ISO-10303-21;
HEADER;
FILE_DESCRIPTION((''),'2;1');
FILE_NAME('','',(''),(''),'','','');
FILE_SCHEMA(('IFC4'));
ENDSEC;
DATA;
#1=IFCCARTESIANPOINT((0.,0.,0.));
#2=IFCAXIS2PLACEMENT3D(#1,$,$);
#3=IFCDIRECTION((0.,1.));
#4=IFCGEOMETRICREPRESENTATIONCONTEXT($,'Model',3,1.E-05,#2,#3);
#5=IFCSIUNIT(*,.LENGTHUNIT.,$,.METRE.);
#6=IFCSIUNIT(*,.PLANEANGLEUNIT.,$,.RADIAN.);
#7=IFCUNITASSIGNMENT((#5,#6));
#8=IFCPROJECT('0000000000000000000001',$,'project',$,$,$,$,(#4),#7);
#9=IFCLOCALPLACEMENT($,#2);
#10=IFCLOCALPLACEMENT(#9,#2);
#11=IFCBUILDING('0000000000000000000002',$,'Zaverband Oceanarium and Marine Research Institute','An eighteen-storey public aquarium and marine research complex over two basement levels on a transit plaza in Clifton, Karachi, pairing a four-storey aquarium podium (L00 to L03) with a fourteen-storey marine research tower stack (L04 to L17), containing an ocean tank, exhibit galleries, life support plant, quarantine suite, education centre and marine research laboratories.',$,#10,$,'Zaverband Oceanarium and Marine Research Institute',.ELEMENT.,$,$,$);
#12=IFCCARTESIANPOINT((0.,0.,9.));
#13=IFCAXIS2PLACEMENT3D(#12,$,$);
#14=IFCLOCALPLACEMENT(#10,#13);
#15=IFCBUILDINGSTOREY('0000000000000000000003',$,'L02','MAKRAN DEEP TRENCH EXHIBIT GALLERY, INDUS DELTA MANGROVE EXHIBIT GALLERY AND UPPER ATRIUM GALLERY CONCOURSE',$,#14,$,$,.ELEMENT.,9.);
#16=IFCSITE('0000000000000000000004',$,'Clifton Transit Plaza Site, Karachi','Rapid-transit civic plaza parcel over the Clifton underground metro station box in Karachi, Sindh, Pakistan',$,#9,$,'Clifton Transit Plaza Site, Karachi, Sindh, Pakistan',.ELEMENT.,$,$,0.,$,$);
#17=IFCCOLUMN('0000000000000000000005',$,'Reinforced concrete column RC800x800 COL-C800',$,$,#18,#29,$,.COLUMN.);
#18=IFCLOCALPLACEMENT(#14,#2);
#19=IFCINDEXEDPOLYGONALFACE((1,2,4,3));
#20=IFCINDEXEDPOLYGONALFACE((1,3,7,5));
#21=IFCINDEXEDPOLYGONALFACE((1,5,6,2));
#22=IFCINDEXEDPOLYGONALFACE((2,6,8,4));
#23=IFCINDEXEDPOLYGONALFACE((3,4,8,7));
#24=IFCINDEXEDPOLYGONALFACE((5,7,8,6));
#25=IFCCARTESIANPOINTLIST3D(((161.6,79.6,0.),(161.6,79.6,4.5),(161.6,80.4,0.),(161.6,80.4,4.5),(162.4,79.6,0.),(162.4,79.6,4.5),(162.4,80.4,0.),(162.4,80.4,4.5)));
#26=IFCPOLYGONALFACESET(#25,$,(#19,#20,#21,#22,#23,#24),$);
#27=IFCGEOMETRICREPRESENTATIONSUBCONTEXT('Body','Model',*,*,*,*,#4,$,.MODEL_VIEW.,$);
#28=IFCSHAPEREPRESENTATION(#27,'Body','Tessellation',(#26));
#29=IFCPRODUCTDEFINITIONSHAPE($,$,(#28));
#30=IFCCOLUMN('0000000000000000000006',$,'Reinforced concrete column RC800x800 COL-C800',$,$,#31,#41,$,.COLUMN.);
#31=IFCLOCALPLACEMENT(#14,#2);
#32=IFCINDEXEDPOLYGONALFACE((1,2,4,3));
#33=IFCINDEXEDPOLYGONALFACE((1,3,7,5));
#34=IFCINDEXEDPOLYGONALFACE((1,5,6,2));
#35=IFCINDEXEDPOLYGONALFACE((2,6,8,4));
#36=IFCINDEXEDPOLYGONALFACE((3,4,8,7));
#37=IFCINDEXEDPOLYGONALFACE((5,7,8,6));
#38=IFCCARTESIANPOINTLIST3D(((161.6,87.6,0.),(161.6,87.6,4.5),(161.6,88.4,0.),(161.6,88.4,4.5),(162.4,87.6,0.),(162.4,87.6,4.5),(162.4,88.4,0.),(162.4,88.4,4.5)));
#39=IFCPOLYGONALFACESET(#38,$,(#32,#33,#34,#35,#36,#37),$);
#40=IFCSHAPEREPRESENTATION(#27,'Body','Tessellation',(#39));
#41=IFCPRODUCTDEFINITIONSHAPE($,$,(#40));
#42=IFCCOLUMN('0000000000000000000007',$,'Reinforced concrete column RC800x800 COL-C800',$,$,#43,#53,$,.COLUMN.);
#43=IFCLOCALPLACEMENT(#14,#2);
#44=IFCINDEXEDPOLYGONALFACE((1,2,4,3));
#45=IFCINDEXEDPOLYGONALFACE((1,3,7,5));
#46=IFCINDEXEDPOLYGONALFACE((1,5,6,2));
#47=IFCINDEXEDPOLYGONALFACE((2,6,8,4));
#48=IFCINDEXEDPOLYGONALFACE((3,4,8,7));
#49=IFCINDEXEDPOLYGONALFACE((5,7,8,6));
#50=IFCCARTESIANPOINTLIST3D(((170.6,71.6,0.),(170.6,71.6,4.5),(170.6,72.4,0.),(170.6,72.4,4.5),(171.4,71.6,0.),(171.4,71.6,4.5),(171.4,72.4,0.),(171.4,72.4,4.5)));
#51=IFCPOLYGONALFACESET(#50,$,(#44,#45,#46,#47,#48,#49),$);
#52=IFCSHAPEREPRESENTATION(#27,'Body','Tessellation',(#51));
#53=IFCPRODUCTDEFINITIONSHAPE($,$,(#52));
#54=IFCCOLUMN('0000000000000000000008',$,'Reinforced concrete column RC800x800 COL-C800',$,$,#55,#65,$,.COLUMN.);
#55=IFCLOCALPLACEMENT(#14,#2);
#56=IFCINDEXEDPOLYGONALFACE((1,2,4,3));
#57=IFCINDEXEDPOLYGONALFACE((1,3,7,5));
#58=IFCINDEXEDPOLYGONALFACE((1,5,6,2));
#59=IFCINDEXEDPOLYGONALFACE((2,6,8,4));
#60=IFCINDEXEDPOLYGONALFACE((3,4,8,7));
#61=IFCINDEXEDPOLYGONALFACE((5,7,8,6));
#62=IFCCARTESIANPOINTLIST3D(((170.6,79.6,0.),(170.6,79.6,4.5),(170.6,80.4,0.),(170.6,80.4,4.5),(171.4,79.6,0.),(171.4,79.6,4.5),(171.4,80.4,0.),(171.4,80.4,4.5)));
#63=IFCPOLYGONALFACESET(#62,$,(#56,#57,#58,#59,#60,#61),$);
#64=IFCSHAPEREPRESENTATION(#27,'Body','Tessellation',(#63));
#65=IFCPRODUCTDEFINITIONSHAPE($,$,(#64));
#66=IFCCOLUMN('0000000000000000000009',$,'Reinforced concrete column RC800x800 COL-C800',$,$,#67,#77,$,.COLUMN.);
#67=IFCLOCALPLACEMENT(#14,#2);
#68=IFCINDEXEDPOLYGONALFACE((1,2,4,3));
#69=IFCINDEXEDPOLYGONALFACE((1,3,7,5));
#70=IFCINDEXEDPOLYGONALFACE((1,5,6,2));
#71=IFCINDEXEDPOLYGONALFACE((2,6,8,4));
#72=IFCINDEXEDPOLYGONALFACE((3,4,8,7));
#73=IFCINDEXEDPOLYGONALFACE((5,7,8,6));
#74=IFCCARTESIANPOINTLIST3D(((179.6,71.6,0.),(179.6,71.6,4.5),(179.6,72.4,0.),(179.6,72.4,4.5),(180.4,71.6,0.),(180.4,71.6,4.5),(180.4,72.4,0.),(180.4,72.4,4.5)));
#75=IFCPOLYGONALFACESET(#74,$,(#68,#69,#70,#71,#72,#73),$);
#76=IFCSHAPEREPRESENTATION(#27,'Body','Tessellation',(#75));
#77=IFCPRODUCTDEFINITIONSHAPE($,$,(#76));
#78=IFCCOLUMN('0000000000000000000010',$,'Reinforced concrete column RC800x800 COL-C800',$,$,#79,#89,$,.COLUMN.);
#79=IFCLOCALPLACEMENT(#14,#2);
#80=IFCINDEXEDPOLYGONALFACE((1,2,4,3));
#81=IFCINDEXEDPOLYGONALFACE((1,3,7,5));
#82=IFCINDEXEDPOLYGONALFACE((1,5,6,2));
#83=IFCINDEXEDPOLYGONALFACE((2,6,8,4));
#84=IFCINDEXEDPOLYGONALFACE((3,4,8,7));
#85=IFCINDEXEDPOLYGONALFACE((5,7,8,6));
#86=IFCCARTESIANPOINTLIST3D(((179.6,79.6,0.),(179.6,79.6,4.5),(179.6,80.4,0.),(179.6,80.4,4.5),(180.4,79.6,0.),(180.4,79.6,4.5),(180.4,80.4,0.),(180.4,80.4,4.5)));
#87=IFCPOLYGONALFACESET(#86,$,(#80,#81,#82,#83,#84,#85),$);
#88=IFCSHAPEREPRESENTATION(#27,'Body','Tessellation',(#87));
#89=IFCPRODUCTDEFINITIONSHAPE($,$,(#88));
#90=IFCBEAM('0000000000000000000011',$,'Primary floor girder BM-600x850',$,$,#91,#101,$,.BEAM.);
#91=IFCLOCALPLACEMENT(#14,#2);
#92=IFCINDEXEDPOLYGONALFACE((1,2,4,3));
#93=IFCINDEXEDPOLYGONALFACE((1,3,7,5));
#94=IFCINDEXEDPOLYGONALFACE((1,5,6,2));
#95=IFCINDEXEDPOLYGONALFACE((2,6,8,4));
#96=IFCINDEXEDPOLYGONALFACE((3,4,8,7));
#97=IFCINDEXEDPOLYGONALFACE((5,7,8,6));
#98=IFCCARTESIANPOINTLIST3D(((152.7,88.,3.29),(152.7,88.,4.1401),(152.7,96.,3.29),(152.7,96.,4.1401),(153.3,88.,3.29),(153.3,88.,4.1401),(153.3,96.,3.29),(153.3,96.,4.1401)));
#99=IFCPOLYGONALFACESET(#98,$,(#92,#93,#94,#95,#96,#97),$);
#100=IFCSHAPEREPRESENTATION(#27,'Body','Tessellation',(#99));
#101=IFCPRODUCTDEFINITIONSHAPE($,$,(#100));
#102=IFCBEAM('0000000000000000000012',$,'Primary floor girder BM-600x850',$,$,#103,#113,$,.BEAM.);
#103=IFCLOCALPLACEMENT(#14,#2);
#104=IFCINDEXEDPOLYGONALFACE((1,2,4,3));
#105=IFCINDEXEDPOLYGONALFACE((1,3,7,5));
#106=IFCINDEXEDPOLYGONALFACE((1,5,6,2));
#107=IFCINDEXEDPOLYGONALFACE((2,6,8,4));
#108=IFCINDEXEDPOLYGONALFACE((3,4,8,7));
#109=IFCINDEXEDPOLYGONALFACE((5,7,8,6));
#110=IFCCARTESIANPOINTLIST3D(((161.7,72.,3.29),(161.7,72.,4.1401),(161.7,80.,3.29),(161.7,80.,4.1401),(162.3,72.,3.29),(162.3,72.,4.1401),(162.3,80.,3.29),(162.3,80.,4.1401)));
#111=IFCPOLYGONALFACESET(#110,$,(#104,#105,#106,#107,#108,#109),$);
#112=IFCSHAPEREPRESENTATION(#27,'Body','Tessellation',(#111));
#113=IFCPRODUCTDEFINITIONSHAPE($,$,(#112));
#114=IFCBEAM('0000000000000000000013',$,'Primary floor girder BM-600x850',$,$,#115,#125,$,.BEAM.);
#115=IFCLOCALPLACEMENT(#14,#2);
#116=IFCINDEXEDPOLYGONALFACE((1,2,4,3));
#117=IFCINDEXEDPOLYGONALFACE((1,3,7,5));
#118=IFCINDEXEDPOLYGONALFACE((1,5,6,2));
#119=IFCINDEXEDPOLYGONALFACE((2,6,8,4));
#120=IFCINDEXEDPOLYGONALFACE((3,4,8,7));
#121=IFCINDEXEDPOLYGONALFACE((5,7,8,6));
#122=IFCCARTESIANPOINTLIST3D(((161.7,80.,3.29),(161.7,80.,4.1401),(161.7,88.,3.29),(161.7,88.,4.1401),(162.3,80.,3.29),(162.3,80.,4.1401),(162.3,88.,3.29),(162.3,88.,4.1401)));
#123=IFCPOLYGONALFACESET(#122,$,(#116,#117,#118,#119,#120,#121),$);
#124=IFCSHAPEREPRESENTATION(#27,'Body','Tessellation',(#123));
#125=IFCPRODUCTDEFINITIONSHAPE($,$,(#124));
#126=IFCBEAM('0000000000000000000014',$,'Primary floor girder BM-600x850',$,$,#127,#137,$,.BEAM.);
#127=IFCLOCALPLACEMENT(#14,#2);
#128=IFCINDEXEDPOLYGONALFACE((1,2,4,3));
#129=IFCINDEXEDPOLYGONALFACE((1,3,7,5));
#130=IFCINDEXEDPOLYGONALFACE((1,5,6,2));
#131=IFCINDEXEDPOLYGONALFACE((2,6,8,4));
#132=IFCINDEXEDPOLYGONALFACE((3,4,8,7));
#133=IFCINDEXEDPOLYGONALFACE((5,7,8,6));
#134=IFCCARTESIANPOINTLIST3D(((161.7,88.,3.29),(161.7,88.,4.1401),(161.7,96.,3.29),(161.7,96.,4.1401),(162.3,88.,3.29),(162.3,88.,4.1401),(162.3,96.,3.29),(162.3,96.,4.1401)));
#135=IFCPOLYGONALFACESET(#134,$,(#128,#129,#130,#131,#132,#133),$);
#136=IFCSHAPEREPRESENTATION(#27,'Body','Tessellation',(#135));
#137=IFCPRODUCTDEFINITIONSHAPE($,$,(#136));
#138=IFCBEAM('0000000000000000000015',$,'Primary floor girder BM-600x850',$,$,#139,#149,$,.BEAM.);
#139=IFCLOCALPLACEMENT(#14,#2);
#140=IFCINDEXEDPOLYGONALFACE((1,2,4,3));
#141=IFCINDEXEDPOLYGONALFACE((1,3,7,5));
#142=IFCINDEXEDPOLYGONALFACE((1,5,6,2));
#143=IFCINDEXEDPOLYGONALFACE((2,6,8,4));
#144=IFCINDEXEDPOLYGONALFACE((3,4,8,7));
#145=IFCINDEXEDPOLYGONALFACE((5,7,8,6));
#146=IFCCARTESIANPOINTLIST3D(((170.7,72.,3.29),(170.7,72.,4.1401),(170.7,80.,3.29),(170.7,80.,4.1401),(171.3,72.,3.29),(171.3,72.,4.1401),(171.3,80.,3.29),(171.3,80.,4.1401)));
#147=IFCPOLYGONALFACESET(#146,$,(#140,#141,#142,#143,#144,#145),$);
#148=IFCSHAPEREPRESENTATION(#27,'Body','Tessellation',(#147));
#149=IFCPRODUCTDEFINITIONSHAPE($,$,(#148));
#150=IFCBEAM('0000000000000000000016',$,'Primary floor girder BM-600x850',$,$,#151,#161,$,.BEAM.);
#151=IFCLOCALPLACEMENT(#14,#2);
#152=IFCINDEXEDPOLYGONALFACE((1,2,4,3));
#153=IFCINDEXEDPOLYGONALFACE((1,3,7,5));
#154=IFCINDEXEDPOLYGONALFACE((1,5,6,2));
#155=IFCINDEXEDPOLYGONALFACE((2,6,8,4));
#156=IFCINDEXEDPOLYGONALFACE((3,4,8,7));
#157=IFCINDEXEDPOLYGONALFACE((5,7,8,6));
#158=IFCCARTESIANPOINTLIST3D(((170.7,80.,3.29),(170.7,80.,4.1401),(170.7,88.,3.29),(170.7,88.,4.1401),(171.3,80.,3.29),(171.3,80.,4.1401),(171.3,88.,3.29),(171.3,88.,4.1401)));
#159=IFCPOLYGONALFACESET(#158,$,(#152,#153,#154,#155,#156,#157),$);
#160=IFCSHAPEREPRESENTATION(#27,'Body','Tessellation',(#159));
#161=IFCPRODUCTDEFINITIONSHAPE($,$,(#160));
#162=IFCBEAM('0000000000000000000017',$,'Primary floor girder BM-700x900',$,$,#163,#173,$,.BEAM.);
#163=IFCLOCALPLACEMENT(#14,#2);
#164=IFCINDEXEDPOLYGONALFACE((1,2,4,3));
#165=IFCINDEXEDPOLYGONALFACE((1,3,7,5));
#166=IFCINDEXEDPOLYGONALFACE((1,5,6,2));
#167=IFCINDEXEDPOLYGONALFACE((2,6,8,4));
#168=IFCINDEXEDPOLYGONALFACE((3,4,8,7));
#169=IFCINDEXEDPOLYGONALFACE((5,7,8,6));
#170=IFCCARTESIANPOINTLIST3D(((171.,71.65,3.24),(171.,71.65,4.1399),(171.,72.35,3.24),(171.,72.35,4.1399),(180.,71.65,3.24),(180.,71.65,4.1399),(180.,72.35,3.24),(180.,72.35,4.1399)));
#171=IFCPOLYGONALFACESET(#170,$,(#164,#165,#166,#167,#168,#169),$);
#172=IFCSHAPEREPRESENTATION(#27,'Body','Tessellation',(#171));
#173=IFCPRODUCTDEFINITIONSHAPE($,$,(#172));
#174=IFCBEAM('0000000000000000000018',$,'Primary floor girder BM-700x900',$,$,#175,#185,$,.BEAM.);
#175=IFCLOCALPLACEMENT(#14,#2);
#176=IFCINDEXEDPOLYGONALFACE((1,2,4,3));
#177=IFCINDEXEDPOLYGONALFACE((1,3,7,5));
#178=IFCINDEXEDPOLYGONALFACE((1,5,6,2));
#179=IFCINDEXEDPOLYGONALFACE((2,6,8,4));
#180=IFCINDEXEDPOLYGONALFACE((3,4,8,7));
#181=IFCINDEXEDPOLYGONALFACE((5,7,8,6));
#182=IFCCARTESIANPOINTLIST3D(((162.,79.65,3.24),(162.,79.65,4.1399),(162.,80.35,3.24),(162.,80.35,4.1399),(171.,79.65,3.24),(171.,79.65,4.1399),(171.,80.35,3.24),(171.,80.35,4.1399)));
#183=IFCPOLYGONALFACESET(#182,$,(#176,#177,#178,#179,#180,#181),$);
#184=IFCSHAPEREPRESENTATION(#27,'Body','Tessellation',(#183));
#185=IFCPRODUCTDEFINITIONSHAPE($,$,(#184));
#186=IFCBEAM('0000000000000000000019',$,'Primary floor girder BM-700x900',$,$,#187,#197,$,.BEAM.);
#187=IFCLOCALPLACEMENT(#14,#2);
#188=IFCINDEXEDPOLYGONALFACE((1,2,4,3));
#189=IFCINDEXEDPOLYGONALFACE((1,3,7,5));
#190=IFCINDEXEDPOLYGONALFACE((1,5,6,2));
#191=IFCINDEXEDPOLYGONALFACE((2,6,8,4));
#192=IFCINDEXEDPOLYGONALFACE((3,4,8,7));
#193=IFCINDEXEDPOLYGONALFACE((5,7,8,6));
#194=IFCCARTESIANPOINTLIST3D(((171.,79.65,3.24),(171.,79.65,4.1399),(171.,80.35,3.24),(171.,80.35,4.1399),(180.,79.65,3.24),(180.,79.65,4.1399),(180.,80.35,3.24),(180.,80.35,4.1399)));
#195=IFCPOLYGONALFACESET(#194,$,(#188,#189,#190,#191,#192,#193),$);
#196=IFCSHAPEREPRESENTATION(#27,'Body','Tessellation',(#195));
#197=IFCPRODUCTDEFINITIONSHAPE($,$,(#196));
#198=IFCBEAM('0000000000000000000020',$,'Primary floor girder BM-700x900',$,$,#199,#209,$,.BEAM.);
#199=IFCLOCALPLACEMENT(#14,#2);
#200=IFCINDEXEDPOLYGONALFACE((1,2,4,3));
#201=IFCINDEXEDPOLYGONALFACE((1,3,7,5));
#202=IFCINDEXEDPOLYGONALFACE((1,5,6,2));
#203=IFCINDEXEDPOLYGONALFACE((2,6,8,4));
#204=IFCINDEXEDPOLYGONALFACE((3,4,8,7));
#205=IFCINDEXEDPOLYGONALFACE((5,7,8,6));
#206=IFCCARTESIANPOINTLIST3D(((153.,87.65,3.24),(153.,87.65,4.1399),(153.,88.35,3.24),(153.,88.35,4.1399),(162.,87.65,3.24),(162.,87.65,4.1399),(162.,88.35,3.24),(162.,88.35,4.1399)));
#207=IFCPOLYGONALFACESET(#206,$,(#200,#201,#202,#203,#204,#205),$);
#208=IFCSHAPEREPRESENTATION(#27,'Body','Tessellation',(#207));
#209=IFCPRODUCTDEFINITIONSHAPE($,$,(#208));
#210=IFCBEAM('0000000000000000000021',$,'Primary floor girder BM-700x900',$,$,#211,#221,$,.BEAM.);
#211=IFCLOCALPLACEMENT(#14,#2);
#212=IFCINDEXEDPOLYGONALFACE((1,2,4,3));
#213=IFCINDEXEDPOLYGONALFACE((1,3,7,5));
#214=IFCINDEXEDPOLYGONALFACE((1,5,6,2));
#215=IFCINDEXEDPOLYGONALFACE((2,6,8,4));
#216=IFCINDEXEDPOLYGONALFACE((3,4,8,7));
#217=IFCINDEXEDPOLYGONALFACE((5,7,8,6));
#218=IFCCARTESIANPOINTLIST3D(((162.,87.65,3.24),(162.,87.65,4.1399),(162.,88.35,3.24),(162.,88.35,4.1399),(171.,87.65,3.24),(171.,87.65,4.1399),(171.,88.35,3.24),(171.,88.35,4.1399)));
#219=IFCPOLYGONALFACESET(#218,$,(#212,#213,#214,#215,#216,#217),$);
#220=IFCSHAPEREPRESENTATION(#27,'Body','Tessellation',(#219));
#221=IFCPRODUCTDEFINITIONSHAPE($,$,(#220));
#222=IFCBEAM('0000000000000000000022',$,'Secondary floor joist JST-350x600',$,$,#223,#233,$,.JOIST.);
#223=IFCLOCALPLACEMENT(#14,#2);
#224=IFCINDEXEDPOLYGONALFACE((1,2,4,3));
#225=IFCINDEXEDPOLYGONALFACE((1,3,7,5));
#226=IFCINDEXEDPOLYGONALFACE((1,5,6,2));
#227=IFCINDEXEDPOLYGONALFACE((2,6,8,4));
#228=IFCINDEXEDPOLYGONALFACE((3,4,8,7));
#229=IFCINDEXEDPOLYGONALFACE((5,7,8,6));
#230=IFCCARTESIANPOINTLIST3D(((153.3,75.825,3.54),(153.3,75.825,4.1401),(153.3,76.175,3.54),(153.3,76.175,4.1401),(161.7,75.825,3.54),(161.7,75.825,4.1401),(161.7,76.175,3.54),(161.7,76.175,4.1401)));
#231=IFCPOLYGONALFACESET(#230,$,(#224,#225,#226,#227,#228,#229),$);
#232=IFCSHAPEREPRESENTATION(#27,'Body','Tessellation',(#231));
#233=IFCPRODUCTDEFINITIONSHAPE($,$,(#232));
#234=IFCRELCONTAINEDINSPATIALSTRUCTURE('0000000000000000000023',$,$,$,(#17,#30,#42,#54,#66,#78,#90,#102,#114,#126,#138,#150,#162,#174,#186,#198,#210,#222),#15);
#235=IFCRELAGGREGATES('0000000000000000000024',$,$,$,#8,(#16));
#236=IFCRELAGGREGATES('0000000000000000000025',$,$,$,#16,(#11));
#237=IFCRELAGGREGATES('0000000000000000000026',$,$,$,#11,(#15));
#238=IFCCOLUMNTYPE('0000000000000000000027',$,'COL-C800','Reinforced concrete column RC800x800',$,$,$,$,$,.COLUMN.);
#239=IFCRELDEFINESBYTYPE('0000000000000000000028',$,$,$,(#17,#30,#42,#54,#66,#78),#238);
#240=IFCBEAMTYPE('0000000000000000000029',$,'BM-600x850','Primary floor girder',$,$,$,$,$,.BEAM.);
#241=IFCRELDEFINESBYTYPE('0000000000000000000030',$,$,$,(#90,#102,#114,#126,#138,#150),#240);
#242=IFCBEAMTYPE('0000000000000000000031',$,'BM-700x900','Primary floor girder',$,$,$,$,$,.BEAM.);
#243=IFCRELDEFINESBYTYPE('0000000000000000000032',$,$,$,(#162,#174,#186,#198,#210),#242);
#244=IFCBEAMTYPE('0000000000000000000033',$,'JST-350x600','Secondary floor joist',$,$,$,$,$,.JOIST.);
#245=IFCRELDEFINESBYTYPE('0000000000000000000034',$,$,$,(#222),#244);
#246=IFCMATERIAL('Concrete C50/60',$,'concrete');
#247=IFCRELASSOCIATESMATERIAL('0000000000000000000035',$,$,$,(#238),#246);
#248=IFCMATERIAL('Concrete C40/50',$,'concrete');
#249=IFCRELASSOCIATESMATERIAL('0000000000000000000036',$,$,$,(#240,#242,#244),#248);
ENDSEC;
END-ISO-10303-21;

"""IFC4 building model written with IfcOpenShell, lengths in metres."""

from ifc_helpers import new_model, si_unit, direction, frame, origin, origin_2d, place, context, subcontext, project, spatial, rectangle, extrude, material, material_profile, profile_set, type_object, element, save


model = new_model("IFC4")

# Units and contexts
model_context = context("Model", 3, precision=1e-05, world=origin(), true_north=direction((0.0, 1.0)))
body_context = subcontext(model_context, "Body", "Model", "MODEL_VIEW")
ifc_project = project(units=[si_unit("LENGTHUNIT", "METRE"), si_unit("PLANEANGLEUNIT", "RADIAN")], contexts=[model_context])

# Site, building, storey
site_placement = place(None, origin())
site = spatial("IfcSite", under=ifc_project, at=site_placement, Name="Clifton Transit Plaza Site, Karachi", Description="Rapid-transit civic plaza parcel over the Clifton underground metro station box in Karachi, Sindh, Pakistan", LongName="Clifton Transit Plaza Site, Karachi, Sindh, Pakistan", CompositionType="ELEMENT", RefElevation=0.0)
building_placement = place(site_placement, origin())
building = spatial("IfcBuilding", under=site, at=building_placement, Name="Zaverband Oceanarium and Marine Research Institute", Description="An eighteen-storey public aquarium and marine research complex over two basement levels on a transit plaza in Clifton, Karachi, pairing a four-storey aquarium podium (L00 to L03) with a fourteen-storey marine research tower stack (L04 to L17), containing an ocean tank, exhibit galleries, life support plant, quarantine suite, education centre and marine research laboratories.", LongName="Zaverband Oceanarium and Marine Research Institute", CompositionType="ELEMENT")
storey_placement = place(building_placement, frame((0.0, 0.0, 9.0)))
storey = spatial("IfcBuildingStorey", under=building, at=storey_placement, Name="L02", Description="MAKRAN DEEP TRENCH EXHIBIT GALLERY, INDUS DELTA MANGROVE EXHIBIT GALLERY AND UPPER ATRIUM GALLERY CONCOURSE", CompositionType="ELEMENT", Elevation=9.0)

# Columns
ifc_material_1 = material(Name="Concrete C50/60", Category="concrete")
ifc_material_profile_1 = material_profile(ifc_material_1, rectangle(XDim=0.8, YDim=0.8, at=origin_2d()), Name="RC800x800")
ifc_profile_set_1 = profile_set([ifc_material_profile_1], Name="Concrete C50/60")
column_type = type_object("IfcColumnType", Name="COL-C800", Description="Reinforced concrete column RC800x800", PredefinedType="COLUMN", material=ifc_profile_set_1)
for number, where, z_axis, x_axis, name in (
    (1, (162.0, 80.0, 0.0), (0.0, 0.0, 1.0), (1.0, 0.0, 0.0), "Reinforced concrete column RC800x800 COL-C800"),
    (2, (162.0, 88.0, 0.0), (0.0, 0.0, 1.0), (1.0, 0.0, 0.0), "Reinforced concrete column RC800x800 COL-C800"),
    (3, (171.0, 72.0, 0.0), (0.0, 0.0, 1.0), (1.0, 0.0, 0.0), "Reinforced concrete column RC800x800 COL-C800"),
    (4, (171.0, 80.0, 0.0), (0.0, 0.0, 1.0), (1.0, 0.0, 0.0), "Reinforced concrete column RC800x800 COL-C800"),
    (5, (180.0, 72.0, 0.0), (0.0, 0.0, 1.0), (1.0, 0.0, 0.0), "Reinforced concrete column RC800x800 COL-C800"),
    (6, (180.0, 80.0, 0.0), (0.0, 0.0, 1.0), (1.0, 0.0, 0.0), "Reinforced concrete column RC800x800 COL-C800"),
):
    element("IfcColumn", number, at=place(storey_placement, frame(where, z_axis=z_axis, x_axis=x_axis)), inside=storey, type_object=column_type, Name=name, PredefinedType="COLUMN", context=body_context, shape_type="SweptSolid", body=[
        extrude(rectangle(XDim=0.8, YDim=0.8, at=origin_2d()), origin(), (0.0, 0.0, 1.0), 4.5),
    ])

# Beams
ifc_material_2 = material(Name="Concrete C40/50", Category="concrete")
ifc_material_profile_2 = material_profile(ifc_material_2, rectangle(XDim=0.6001, YDim=0.8501, at=origin_2d()), Name="RC600x850")
ifc_profile_set_2 = profile_set([ifc_material_profile_2], Name="Concrete C40/50")
beam_type_1 = type_object("IfcBeamType", Name="BM-600x850", Description="Primary floor girder", PredefinedType="BEAM", material=ifc_profile_set_2)
for number, where, z_axis, x_axis, name in (
    (7, (153.0, 88.0, 3.7151), (0.0, 1.0, 0.0), (-1.0, 0.0, 0.0), "Primary floor girder BM-600x850"),
    (8, (162.0, 72.0, 3.7151), (0.0, 1.0, 0.0), (-1.0, 0.0, 0.0), "Primary floor girder BM-600x850"),
    (9, (162.0, 80.0, 3.7151), (0.0, 1.0, 0.0), (-1.0, 0.0, 0.0), "Primary floor girder BM-600x850"),
    (10, (162.0, 88.0, 3.7151), (0.0, 1.0, 0.0), (-1.0, 0.0, 0.0), "Primary floor girder BM-600x850"),
    (11, (171.0, 72.0, 3.7151), (0.0, 1.0, 0.0), (-1.0, 0.0, 0.0), "Primary floor girder BM-600x850"),
    (12, (171.0, 80.0, 3.7151), (0.0, 1.0, 0.0), (-1.0, 0.0, 0.0), "Primary floor girder BM-600x850"),
):
    element("IfcBeam", number, at=place(storey_placement, frame(where, z_axis=z_axis, x_axis=x_axis)), inside=storey, type_object=beam_type_1, Name=name, PredefinedType="BEAM", context=body_context, shape_type="SweptSolid", body=[
        extrude(rectangle(XDim=0.6001, YDim=0.8501, at=origin_2d()), origin(), (0.0, 0.0, 1.0), 8.0),
    ])
ifc_material_profile_3 = material_profile(ifc_material_2, rectangle(XDim=0.7, YDim=0.8999, at=origin_2d()), Name="RC700x900")
ifc_profile_set_3 = profile_set([ifc_material_profile_3], Name="Concrete C40/50")
beam_type_2 = type_object("IfcBeamType", Name="BM-700x900", Description="Primary floor girder", PredefinedType="BEAM", material=ifc_profile_set_3)
for number, where, z_axis, x_axis, name in (
    (13, (171.0, 72.0, 3.6899), (1.0, 0.0, 0.0), (0.0, 1.0, 0.0), "Primary floor girder BM-700x900"),
    (14, (162.0, 80.0, 3.6899), (1.0, 0.0, 0.0), (0.0, 1.0, 0.0), "Primary floor girder BM-700x900"),
    (15, (171.0, 80.0, 3.6899), (1.0, 0.0, 0.0), (0.0, 1.0, 0.0), "Primary floor girder BM-700x900"),
    (16, (153.0, 88.0, 3.6899), (1.0, 0.0, 0.0), (0.0, 1.0, 0.0), "Primary floor girder BM-700x900"),
    (17, (162.0, 88.0, 3.6899), (1.0, 0.0, 0.0), (0.0, 1.0, 0.0), "Primary floor girder BM-700x900"),
):
    element("IfcBeam", number, at=place(storey_placement, frame(where, z_axis=z_axis, x_axis=x_axis)), inside=storey, type_object=beam_type_2, Name=name, PredefinedType="BEAM", context=body_context, shape_type="SweptSolid", body=[
        extrude(rectangle(XDim=0.7, YDim=0.8999, at=origin_2d()), origin(), (0.0, 0.0, 1.0), 9.0),
    ])
ifc_material_profile_4 = material_profile(ifc_material_2, rectangle(XDim=0.3501, YDim=0.6001, at=origin_2d()), Name="RC350x600")
ifc_profile_set_4 = profile_set([ifc_material_profile_4], Name="Concrete C40/50")
beam_type_3 = type_object("IfcBeamType", Name="JST-350x600", Description="Secondary floor joist", PredefinedType="JOIST", material=ifc_profile_set_4)
for number, where, z_axis, x_axis, name in (
    (18, (153.3, 76.0, 3.8401), (1.0, 0.0, 0.0), (0.0, 1.0, 0.0), "Secondary floor joist JST-350x600"),
):
    element("IfcBeam", number, at=place(storey_placement, frame(where, z_axis=z_axis, x_axis=x_axis)), inside=storey, type_object=beam_type_3, Name=name, PredefinedType="JOIST", context=body_context, shape_type="SweptSolid", body=[
        extrude(rectangle(XDim=0.3501, YDim=0.6001, at=origin_2d()), origin(), (0.0, 0.0, 1.0), 8.3999),
    ])

save(model, "model.ifc")
